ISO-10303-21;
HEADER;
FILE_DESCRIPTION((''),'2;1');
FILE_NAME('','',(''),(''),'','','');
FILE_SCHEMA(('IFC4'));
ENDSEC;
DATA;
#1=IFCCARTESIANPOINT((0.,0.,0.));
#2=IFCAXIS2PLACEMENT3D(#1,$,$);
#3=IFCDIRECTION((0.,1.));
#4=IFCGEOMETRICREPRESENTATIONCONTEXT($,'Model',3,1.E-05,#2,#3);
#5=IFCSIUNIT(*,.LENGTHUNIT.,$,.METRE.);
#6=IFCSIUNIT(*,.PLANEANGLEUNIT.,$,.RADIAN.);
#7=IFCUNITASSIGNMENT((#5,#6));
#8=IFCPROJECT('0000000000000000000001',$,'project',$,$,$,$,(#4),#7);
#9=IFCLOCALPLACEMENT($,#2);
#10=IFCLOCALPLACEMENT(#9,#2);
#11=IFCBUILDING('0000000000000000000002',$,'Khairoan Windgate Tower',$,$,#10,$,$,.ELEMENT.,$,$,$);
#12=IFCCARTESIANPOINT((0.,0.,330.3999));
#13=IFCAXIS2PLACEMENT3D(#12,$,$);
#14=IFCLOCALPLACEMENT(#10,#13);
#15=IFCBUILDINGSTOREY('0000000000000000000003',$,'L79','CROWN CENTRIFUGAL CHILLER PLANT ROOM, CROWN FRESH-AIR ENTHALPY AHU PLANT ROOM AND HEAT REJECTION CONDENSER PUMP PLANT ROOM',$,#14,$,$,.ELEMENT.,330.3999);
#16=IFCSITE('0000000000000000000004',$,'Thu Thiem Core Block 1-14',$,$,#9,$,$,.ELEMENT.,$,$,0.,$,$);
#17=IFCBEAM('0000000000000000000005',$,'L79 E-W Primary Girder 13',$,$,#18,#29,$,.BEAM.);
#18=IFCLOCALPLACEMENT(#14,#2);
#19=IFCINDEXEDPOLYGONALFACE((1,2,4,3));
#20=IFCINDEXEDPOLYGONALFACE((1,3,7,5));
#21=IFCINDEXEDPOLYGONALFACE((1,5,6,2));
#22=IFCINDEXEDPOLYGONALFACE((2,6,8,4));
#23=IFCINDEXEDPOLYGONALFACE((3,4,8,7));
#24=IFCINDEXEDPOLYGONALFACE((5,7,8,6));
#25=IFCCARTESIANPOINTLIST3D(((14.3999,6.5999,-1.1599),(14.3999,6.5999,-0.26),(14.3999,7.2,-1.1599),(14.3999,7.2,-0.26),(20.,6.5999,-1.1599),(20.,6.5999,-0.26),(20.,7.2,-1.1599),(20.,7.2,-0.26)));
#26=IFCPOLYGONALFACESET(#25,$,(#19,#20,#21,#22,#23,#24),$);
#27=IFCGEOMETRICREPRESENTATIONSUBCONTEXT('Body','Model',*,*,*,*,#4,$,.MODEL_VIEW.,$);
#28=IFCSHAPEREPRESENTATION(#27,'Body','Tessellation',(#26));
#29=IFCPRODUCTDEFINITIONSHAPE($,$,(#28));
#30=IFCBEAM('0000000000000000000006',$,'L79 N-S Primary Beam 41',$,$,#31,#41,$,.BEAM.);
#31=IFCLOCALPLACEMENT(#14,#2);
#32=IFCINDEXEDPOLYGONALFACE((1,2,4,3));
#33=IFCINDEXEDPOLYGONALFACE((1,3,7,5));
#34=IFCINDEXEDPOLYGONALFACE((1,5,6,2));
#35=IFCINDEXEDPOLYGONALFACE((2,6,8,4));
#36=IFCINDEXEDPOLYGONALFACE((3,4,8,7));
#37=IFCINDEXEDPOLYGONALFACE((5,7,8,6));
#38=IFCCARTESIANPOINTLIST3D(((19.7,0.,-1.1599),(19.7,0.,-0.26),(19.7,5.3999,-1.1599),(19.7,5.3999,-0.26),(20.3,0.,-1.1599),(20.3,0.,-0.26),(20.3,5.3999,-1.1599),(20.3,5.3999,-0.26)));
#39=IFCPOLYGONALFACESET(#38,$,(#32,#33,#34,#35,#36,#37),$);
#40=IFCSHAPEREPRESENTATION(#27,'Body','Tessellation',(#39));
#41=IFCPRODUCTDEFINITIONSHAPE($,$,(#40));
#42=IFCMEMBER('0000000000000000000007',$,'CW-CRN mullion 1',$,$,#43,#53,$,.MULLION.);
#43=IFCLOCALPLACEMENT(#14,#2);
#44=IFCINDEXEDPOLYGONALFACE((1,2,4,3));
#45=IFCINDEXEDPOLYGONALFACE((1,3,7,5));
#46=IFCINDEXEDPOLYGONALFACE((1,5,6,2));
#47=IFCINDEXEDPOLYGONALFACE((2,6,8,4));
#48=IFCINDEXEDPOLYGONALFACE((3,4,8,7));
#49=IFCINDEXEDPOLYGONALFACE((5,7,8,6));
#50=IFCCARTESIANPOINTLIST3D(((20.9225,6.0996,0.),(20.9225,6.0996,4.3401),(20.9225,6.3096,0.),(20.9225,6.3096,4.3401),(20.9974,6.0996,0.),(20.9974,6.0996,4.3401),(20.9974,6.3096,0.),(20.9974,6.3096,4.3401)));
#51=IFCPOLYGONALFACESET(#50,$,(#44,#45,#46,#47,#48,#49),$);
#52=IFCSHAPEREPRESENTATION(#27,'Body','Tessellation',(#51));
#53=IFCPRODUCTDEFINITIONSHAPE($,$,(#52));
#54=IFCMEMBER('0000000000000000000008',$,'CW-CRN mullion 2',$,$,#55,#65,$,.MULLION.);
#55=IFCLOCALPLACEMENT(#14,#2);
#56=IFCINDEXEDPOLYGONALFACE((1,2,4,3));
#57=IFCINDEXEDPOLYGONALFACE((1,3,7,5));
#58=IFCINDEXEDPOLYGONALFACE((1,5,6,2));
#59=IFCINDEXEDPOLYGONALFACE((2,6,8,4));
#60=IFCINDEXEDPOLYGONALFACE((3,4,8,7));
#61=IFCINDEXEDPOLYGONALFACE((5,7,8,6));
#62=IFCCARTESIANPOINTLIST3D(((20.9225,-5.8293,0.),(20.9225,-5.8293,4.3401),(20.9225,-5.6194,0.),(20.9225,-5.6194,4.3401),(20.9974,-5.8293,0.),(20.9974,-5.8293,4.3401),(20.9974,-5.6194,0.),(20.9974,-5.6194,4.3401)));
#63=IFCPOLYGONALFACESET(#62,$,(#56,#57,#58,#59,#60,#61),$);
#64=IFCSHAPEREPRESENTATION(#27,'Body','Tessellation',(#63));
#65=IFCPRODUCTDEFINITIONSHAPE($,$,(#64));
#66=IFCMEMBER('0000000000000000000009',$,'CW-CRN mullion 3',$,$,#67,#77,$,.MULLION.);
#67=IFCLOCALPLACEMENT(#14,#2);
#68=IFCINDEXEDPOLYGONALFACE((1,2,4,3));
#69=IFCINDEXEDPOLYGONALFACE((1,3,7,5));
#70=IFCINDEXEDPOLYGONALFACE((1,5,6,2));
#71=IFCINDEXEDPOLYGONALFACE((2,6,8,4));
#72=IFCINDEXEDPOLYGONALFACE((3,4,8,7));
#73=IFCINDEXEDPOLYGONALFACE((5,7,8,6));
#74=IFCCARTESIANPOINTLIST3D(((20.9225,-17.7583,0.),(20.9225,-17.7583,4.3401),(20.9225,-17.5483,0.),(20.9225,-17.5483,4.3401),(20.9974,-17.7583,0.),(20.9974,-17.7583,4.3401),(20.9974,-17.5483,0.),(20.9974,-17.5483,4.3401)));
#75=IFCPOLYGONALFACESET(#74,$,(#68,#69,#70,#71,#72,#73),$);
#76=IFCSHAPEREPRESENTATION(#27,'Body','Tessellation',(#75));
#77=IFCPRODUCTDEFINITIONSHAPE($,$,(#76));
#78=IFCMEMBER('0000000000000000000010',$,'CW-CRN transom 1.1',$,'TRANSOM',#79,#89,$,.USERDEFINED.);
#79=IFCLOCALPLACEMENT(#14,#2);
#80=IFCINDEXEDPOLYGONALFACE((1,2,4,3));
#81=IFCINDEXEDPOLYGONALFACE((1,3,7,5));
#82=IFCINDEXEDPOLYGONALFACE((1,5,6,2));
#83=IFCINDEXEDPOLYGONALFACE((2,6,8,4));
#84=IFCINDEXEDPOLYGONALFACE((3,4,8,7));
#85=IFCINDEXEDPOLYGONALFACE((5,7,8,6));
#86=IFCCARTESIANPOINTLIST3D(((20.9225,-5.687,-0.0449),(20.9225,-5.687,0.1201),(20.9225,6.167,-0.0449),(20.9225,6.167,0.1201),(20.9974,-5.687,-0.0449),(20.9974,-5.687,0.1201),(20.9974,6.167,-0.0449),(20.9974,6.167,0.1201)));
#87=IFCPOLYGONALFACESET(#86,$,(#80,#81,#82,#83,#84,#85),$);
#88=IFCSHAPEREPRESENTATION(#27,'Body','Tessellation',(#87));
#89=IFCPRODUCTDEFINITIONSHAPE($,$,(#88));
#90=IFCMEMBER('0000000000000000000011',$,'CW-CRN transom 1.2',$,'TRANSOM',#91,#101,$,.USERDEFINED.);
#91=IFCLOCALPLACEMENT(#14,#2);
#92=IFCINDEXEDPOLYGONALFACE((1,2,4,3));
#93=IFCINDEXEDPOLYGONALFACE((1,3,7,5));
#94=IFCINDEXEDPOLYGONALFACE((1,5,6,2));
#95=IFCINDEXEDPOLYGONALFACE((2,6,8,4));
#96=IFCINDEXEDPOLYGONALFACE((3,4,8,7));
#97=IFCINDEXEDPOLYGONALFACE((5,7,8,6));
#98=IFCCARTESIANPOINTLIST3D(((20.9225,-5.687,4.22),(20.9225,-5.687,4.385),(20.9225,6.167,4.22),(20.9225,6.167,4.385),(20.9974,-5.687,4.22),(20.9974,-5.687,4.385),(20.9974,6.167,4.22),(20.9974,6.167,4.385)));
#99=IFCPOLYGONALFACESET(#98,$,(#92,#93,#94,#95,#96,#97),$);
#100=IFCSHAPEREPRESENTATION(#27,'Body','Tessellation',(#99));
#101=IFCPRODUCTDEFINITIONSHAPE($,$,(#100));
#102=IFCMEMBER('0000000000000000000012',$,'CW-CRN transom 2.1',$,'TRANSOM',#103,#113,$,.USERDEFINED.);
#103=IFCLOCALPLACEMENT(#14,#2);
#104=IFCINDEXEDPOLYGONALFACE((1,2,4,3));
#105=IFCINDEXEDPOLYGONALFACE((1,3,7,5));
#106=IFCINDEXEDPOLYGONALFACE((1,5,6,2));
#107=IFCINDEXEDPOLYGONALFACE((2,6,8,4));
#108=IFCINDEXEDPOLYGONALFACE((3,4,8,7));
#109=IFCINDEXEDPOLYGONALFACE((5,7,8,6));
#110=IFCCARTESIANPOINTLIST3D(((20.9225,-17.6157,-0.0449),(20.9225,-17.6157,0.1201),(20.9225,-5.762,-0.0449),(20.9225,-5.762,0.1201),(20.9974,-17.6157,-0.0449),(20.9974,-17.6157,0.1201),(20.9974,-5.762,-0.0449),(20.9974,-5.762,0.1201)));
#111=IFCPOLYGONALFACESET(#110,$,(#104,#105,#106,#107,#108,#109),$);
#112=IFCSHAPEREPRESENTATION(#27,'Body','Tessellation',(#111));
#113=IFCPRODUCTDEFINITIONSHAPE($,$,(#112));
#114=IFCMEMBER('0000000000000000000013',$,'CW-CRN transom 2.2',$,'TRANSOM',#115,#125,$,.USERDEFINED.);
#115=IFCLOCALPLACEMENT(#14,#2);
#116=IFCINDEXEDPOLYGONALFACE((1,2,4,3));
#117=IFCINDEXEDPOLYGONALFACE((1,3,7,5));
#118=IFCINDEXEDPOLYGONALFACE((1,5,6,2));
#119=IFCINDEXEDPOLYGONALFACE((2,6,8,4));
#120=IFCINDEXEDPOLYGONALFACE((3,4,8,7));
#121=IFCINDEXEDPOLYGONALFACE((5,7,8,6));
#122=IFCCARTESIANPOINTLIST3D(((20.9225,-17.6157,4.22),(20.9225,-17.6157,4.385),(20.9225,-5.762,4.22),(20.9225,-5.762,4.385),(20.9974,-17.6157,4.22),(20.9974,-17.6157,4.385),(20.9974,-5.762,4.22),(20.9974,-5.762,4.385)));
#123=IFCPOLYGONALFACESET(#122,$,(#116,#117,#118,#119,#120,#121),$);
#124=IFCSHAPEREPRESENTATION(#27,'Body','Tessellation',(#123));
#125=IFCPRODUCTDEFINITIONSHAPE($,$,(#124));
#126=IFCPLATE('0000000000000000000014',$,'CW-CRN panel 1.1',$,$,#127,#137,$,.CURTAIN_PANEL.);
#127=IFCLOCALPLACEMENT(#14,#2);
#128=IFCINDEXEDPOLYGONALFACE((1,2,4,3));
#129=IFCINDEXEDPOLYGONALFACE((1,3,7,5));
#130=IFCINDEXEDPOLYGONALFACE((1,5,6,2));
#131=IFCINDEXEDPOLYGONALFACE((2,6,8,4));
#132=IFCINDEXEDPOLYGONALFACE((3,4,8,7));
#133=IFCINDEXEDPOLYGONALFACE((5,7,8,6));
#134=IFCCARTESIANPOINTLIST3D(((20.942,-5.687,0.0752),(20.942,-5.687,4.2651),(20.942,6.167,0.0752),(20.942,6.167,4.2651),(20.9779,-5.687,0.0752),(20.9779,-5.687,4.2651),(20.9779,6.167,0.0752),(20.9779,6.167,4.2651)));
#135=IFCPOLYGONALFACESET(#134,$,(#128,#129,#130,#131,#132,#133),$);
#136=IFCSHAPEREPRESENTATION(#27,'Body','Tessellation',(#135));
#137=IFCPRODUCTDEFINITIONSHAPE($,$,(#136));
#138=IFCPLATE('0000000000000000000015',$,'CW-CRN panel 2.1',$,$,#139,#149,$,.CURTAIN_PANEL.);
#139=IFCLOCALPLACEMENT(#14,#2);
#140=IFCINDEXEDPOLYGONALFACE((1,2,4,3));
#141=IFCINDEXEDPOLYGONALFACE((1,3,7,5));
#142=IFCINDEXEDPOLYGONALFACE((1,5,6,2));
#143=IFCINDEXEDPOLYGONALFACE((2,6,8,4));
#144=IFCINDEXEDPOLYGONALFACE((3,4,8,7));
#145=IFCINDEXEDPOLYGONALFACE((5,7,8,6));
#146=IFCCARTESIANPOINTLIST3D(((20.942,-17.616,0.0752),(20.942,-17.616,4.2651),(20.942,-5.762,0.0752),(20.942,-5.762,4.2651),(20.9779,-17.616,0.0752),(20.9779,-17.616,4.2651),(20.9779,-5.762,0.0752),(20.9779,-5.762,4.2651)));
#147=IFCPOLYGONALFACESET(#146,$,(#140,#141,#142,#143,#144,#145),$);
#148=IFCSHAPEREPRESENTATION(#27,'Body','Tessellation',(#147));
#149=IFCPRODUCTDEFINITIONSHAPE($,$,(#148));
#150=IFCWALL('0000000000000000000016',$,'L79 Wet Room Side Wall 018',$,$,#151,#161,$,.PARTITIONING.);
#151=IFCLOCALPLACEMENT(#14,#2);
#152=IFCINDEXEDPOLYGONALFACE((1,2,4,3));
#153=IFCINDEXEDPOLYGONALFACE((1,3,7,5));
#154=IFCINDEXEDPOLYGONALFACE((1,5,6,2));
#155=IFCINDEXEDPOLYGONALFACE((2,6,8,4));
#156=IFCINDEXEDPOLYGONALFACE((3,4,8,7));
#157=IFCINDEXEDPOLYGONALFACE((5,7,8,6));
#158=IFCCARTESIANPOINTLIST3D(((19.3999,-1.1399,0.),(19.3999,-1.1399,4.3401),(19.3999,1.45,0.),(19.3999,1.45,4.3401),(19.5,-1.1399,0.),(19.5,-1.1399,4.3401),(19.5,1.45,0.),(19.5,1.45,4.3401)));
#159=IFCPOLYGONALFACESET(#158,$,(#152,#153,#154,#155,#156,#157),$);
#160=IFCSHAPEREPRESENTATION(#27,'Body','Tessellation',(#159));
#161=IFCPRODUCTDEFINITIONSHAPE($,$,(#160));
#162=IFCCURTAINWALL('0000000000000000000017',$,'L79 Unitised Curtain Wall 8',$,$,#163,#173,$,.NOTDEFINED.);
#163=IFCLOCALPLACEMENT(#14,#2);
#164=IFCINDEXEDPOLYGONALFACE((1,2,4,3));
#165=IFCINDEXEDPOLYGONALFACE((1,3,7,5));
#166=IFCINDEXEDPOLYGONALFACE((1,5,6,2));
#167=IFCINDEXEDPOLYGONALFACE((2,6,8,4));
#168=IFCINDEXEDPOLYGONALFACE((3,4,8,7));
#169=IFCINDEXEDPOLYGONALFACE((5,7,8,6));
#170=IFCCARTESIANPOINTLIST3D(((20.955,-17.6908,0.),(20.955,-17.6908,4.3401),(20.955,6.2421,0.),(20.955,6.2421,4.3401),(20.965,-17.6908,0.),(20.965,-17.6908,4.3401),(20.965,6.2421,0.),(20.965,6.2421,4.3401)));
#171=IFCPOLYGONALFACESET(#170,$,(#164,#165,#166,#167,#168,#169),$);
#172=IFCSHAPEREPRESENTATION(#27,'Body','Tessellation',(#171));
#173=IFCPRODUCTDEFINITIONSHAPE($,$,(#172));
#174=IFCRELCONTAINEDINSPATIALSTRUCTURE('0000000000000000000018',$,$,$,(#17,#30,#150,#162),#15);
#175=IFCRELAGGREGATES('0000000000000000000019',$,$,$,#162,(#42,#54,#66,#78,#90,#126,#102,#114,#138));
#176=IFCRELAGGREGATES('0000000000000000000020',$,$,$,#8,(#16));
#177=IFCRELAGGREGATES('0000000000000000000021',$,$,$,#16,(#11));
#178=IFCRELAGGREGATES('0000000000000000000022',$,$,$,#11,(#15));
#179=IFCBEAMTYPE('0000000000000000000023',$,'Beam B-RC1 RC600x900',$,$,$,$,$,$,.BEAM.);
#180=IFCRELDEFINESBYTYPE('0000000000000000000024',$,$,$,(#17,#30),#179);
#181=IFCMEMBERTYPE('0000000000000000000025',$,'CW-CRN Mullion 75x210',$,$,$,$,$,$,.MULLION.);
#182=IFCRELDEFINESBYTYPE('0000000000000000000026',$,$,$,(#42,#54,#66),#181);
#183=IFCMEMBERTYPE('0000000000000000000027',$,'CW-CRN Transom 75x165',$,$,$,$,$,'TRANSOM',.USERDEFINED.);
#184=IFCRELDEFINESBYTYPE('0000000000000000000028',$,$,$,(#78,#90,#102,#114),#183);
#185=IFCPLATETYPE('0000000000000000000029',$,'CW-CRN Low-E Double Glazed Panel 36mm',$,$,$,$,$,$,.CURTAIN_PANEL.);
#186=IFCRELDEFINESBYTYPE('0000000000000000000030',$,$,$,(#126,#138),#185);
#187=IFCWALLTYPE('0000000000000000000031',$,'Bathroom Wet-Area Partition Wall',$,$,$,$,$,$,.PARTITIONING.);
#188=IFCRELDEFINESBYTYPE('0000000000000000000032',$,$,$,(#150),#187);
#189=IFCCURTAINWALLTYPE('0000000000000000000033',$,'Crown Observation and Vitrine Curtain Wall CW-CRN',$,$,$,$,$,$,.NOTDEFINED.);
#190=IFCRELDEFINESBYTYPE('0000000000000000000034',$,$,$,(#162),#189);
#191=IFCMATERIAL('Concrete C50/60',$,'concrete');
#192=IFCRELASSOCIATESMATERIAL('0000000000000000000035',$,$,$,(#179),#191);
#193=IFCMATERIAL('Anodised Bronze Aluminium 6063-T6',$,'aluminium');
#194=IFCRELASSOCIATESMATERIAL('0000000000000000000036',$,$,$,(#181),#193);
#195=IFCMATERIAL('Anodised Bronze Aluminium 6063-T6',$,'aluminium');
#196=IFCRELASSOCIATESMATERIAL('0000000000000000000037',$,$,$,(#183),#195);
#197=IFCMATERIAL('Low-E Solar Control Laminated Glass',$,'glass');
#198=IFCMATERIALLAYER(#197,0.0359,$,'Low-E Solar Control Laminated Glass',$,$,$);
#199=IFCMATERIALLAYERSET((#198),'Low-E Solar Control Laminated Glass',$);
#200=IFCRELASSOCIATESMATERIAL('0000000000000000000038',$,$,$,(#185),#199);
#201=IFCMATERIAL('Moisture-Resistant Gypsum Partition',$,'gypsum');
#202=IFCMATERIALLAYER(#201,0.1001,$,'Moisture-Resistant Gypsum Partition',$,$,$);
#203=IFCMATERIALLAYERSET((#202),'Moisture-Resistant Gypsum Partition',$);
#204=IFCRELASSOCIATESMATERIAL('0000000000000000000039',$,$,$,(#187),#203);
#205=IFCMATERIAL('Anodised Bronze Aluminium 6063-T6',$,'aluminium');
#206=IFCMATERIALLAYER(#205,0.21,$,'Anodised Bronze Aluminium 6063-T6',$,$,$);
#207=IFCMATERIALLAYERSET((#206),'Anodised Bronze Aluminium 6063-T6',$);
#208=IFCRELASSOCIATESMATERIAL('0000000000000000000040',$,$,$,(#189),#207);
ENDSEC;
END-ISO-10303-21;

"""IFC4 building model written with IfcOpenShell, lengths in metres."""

from ifc_helpers import new_model, si_unit, direction, frame, frame_2d, origin, origin_2d, place, context, subcontext, project, spatial, rectangle, extrude, material, layer, layer_set, material_profile, profile_set, type_object, element, aggregate, save


model = new_model("IFC4")

# Units and contexts
model_context = context("Model", 3, precision=1e-05, world=origin(), true_north=direction((0.0, 1.0)))
body_context = subcontext(model_context, "Body", "Model", "MODEL_VIEW")
ifc_project = project(units=[si_unit("LENGTHUNIT", "METRE"), si_unit("PLANEANGLEUNIT", "RADIAN")], contexts=[model_context])

# Site, building, storey
site_placement = place(None, origin())
site = spatial("IfcSite", under=ifc_project, at=site_placement, Name="Thu Thiem Core Block 1-14", CompositionType="ELEMENT", RefElevation=0.0)
building_placement = place(site_placement, origin())
building = spatial("IfcBuilding", under=site, at=building_placement, Name="Khairoan Windgate Tower", CompositionType="ELEMENT")
storey_placement = place(building_placement, frame((0.0, 0.0, 330.3999)))
storey = spatial("IfcBuildingStorey", under=building, at=storey_placement, Name="L79", Description="CROWN CENTRIFUGAL CHILLER PLANT ROOM, CROWN FRESH-AIR ENTHALPY AHU PLANT ROOM AND HEAT REJECTION CONDENSER PUMP PLANT ROOM", CompositionType="ELEMENT", Elevation=330.3999)

# Beams
ifc_material_1 = material(Name="Concrete C50/60", Category="concrete")
ifc_material_profile_1 = material_profile(ifc_material_1, rectangle(XDim=0.6001, YDim=0.8999, at=origin_2d()))
ifc_profile_set_1 = profile_set([ifc_material_profile_1], Name="Concrete C50/60")
beam_type = type_object("IfcBeamType", Name="Beam B-RC1 RC600x900", PredefinedType="BEAM", material=ifc_profile_set_1)
beam_1_placement = place(storey_placement, frame((14.3999, 6.8999, -0.71), z_axis=(1.0, 0.0, 0.0), x_axis=(0.0, 1.0, 0.0)))
element("IfcBeam", 1, at=beam_1_placement, inside=storey, type_object=beam_type, Name="L79 E-W Primary Girder 13", PredefinedType="BEAM", context=body_context, shape_type="SweptSolid", body=[
    extrude(rectangle(XDim=0.6001, YDim=0.8999, at=origin_2d()), origin(), (0.0, 0.0, 1.0), 5.6001),
])
beam_2_placement = place(storey_placement, frame((20.0, 0.0, -0.71), z_axis=(0.0, 1.0, 0.0), x_axis=(-1.0, 0.0, 0.0)))
element("IfcBeam", 2, at=beam_2_placement, inside=storey, type_object=beam_type, Name="L79 N-S Primary Beam 41", PredefinedType="BEAM", context=body_context, shape_type="SweptSolid", body=[
    extrude(rectangle(XDim=0.6001, YDim=0.8999, at=origin_2d()), origin(), (0.0, 0.0, 1.0), 5.3999),
])

# Members
ifc_material_2 = material(Name="Anodised Bronze Aluminium 6063-T6", Category="aluminium")
ifc_material_profile_2 = material_profile(ifc_material_2, rectangle(XDim=0.075, YDim=0.21, at=origin_2d()))
ifc_profile_set_2 = profile_set([ifc_material_profile_2], Name="Anodised Bronze Aluminium 6063-T6")
member_type_1 = type_object("IfcMemberType", Name="CW-CRN Mullion 75x210", PredefinedType="MULLION", material=ifc_profile_set_2)
member_1_placement = place(storey_placement, frame((20.96, 6.2046, 0.0), z_axis=(0.0, 0.0, 1.0), x_axis=(1.0, 0.0, 0.0)))
member_1 = element("IfcMember", 3, at=member_1_placement, type_object=member_type_1, Name="CW-CRN mullion 1", PredefinedType="MULLION", context=body_context, shape_type="SweptSolid", body=[
    extrude(rectangle(XDim=0.075, YDim=0.21, at=origin_2d()), origin(), (0.0, 0.0, 1.0), 4.3401),
])
member_2_placement = place(storey_placement, frame((20.96, -5.7244, 0.0), z_axis=(0.0, 0.0, 1.0), x_axis=(1.0, 0.0, 0.0)))
member_2 = element("IfcMember", 4, at=member_2_placement, type_object=member_type_1, Name="CW-CRN mullion 2", PredefinedType="MULLION", context=body_context, shape_type="SweptSolid", body=[
    extrude(rectangle(XDim=0.075, YDim=0.21, at=origin_2d()), origin(), (0.0, 0.0, 1.0), 4.3401),
])
member_3_placement = place(storey_placement, frame((20.96, -17.6533, 0.0), z_axis=(0.0, 0.0, 1.0), x_axis=(1.0, 0.0, 0.0)))
member_3 = element("IfcMember", 5, at=member_3_placement, type_object=member_type_1, Name="CW-CRN mullion 3", PredefinedType="MULLION", context=body_context, shape_type="SweptSolid", body=[
    extrude(rectangle(XDim=0.075, YDim=0.21, at=origin_2d()), origin(), (0.0, 0.0, 1.0), 4.3401),
])
ifc_material_3 = material(Name="Anodised Bronze Aluminium 6063-T6", Category="aluminium")
ifc_material_profile_3 = material_profile(ifc_material_3, rectangle(XDim=0.075, YDim=0.165, at=origin_2d()))
ifc_profile_set_3 = profile_set([ifc_material_profile_3], Name="Anodised Bronze Aluminium 6063-T6")
member_type_2 = type_object("IfcMemberType", Name="CW-CRN Transom 75x165", ElementType="TRANSOM", PredefinedType="USERDEFINED", material=ifc_profile_set_3)
member_4_placement = place(storey_placement, frame((20.96, 6.167, 0.0376), z_axis=(0.0, -1.0, 0.0), x_axis=(1.0, 0.0, 0.0)))
member_4 = element("IfcMember", 6, at=member_4_placement, type_object=member_type_2, Name="CW-CRN transom 1.1", ObjectType="TRANSOM", PredefinedType="USERDEFINED", context=body_context, shape_type="SweptSolid", body=[
    extrude(rectangle(XDim=0.075, YDim=0.165, at=origin_2d()), origin(), (0.0, 0.0, 1.0), 11.854),
])
member_5_placement = place(storey_placement, frame((20.96, 6.167, 4.3025), z_axis=(0.0, -1.0, 0.0), x_axis=(1.0, 0.0, 0.0)))
member_5 = element("IfcMember", 7, at=member_5_placement, type_object=member_type_2, Name="CW-CRN transom 1.2", ObjectType="TRANSOM", PredefinedType="USERDEFINED", context=body_context, shape_type="SweptSolid", body=[
    extrude(rectangle(XDim=0.075, YDim=0.165, at=origin_2d()), origin(), (0.0, 0.0, 1.0), 11.854),
])
member_6_placement = place(storey_placement, frame((20.96, -5.762, 0.0376), z_axis=(0.0, -1.0, 0.0), x_axis=(1.0, 0.0, 0.0)))
member_6 = element("IfcMember", 8, at=member_6_placement, type_object=member_type_2, Name="CW-CRN transom 2.1", ObjectType="TRANSOM", PredefinedType="USERDEFINED", context=body_context, shape_type="SweptSolid", body=[
    extrude(rectangle(XDim=0.075, YDim=0.165, at=origin_2d()), origin(), (0.0, 0.0, 1.0), 11.8538),
])
member_7_placement = place(storey_placement, frame((20.96, -5.762, 4.3025), z_axis=(0.0, -1.0, 0.0), x_axis=(1.0, 0.0, 0.0)))
member_7 = element("IfcMember", 9, at=member_7_placement, type_object=member_type_2, Name="CW-CRN transom 2.2", ObjectType="TRANSOM", PredefinedType="USERDEFINED", context=body_context, shape_type="SweptSolid", body=[
    extrude(rectangle(XDim=0.075, YDim=0.165, at=origin_2d()), origin(), (0.0, 0.0, 1.0), 11.8538),
])

# Plates
ifc_material_4 = material(Name="Low-E Solar Control Laminated Glass", Category="glass")
ifc_layer_1 = layer(ifc_material_4, 0.0359, Name="Low-E Solar Control Laminated Glass")
ifc_layer_set_1 = layer_set([ifc_layer_1], Name="Low-E Solar Control Laminated Glass")
plate_type = type_object("IfcPlateType", Name="CW-CRN Low-E Double Glazed Panel 36mm", PredefinedType="CURTAIN_PANEL", material=ifc_layer_set_1)
plate_1_placement = place(storey_placement, frame((20.96, 0.24, 0.0752), z_axis=(0.0, 0.0, 1.0), x_axis=(0.0, -1.0, 0.0)))
plate_1 = element("IfcPlate", 10, at=plate_1_placement, type_object=plate_type, Name="CW-CRN panel 1.1", PredefinedType="CURTAIN_PANEL", context=body_context, shape_type="SweptSolid", body=[
    extrude(rectangle(XDim=11.854, YDim=0.0359, at=origin_2d()), origin(), (0.0, 0.0, 1.0), 4.1899),
])
plate_2_placement = place(storey_placement, frame((20.96, -11.689, 0.0752), z_axis=(0.0, 0.0, 1.0), x_axis=(0.0, -1.0, 0.0)))
plate_2 = element("IfcPlate", 11, at=plate_2_placement, type_object=plate_type, Name="CW-CRN panel 2.1", PredefinedType="CURTAIN_PANEL", context=body_context, shape_type="SweptSolid", body=[
    extrude(rectangle(XDim=11.854, YDim=0.0359, at=origin_2d()), origin(), (0.0, 0.0, 1.0), 4.1899),
])

# Wall
ifc_material_5 = material(Name="Moisture-Resistant Gypsum Partition", Category="gypsum")
ifc_layer_2 = layer(ifc_material_5, 0.1001, Name="Moisture-Resistant Gypsum Partition")
ifc_layer_set_2 = layer_set([ifc_layer_2], Name="Moisture-Resistant Gypsum Partition")
wall_type_1 = type_object("IfcWallType", Name="Bathroom Wet-Area Partition Wall", PredefinedType="PARTITIONING", material=ifc_layer_set_2)
wall_1_placement = place(storey_placement, frame((19.45, 1.45, 0.0), z_axis=(0.0, 0.0, 1.0), x_axis=(0.0, -1.0, 0.0)))
element("IfcWall", 12, at=wall_1_placement, inside=storey, type_object=wall_type_1, Name="L79 Wet Room Side Wall 018", PredefinedType="PARTITIONING", context=body_context, shape_type="SweptSolid", body=[
    extrude(rectangle(XDim=2.5898, YDim=0.1001, at=frame_2d((1.2949, 0.0))), origin(), (0.0, 0.0, 1.0), 4.3401),
])

# Curtain wall
ifc_material_6 = material(Name="Anodised Bronze Aluminium 6063-T6", Category="aluminium")
ifc_layer_3 = layer(ifc_material_6, 0.21, Name="Anodised Bronze Aluminium 6063-T6")
ifc_layer_set_3 = layer_set([ifc_layer_3], Name="Anodised Bronze Aluminium 6063-T6")
curtain_wall_type = type_object("IfcCurtainWallType", Name="Crown Observation and Vitrine Curtain Wall CW-CRN", PredefinedType="NOTDEFINED", material=ifc_layer_set_3)
curtain_wall_placement = place(storey_placement, frame((20.96, 6.2419, 0.0), z_axis=(0.0, 0.0, 1.0), x_axis=(0.0, -1.0, 0.0)))
curtain_wall = element("IfcCurtainWall", 13, at=curtain_wall_placement, inside=storey, type_object=curtain_wall_type, Name="L79 Unitised Curtain Wall 8", PredefinedType="NOTDEFINED", context=body_context, shape_type="SweptSolid", body=[
    extrude(rectangle(XDim=23.9329, YDim=0.01, at=frame_2d((11.9663, 0.0))), origin(), (0.0, 0.0, 1.0), 4.3401),
])
aggregate(curtain_wall, [member_1, member_2, member_3, member_4, member_5, plate_1, member_6, member_7, plate_2])

save(model, "model.ifc")
